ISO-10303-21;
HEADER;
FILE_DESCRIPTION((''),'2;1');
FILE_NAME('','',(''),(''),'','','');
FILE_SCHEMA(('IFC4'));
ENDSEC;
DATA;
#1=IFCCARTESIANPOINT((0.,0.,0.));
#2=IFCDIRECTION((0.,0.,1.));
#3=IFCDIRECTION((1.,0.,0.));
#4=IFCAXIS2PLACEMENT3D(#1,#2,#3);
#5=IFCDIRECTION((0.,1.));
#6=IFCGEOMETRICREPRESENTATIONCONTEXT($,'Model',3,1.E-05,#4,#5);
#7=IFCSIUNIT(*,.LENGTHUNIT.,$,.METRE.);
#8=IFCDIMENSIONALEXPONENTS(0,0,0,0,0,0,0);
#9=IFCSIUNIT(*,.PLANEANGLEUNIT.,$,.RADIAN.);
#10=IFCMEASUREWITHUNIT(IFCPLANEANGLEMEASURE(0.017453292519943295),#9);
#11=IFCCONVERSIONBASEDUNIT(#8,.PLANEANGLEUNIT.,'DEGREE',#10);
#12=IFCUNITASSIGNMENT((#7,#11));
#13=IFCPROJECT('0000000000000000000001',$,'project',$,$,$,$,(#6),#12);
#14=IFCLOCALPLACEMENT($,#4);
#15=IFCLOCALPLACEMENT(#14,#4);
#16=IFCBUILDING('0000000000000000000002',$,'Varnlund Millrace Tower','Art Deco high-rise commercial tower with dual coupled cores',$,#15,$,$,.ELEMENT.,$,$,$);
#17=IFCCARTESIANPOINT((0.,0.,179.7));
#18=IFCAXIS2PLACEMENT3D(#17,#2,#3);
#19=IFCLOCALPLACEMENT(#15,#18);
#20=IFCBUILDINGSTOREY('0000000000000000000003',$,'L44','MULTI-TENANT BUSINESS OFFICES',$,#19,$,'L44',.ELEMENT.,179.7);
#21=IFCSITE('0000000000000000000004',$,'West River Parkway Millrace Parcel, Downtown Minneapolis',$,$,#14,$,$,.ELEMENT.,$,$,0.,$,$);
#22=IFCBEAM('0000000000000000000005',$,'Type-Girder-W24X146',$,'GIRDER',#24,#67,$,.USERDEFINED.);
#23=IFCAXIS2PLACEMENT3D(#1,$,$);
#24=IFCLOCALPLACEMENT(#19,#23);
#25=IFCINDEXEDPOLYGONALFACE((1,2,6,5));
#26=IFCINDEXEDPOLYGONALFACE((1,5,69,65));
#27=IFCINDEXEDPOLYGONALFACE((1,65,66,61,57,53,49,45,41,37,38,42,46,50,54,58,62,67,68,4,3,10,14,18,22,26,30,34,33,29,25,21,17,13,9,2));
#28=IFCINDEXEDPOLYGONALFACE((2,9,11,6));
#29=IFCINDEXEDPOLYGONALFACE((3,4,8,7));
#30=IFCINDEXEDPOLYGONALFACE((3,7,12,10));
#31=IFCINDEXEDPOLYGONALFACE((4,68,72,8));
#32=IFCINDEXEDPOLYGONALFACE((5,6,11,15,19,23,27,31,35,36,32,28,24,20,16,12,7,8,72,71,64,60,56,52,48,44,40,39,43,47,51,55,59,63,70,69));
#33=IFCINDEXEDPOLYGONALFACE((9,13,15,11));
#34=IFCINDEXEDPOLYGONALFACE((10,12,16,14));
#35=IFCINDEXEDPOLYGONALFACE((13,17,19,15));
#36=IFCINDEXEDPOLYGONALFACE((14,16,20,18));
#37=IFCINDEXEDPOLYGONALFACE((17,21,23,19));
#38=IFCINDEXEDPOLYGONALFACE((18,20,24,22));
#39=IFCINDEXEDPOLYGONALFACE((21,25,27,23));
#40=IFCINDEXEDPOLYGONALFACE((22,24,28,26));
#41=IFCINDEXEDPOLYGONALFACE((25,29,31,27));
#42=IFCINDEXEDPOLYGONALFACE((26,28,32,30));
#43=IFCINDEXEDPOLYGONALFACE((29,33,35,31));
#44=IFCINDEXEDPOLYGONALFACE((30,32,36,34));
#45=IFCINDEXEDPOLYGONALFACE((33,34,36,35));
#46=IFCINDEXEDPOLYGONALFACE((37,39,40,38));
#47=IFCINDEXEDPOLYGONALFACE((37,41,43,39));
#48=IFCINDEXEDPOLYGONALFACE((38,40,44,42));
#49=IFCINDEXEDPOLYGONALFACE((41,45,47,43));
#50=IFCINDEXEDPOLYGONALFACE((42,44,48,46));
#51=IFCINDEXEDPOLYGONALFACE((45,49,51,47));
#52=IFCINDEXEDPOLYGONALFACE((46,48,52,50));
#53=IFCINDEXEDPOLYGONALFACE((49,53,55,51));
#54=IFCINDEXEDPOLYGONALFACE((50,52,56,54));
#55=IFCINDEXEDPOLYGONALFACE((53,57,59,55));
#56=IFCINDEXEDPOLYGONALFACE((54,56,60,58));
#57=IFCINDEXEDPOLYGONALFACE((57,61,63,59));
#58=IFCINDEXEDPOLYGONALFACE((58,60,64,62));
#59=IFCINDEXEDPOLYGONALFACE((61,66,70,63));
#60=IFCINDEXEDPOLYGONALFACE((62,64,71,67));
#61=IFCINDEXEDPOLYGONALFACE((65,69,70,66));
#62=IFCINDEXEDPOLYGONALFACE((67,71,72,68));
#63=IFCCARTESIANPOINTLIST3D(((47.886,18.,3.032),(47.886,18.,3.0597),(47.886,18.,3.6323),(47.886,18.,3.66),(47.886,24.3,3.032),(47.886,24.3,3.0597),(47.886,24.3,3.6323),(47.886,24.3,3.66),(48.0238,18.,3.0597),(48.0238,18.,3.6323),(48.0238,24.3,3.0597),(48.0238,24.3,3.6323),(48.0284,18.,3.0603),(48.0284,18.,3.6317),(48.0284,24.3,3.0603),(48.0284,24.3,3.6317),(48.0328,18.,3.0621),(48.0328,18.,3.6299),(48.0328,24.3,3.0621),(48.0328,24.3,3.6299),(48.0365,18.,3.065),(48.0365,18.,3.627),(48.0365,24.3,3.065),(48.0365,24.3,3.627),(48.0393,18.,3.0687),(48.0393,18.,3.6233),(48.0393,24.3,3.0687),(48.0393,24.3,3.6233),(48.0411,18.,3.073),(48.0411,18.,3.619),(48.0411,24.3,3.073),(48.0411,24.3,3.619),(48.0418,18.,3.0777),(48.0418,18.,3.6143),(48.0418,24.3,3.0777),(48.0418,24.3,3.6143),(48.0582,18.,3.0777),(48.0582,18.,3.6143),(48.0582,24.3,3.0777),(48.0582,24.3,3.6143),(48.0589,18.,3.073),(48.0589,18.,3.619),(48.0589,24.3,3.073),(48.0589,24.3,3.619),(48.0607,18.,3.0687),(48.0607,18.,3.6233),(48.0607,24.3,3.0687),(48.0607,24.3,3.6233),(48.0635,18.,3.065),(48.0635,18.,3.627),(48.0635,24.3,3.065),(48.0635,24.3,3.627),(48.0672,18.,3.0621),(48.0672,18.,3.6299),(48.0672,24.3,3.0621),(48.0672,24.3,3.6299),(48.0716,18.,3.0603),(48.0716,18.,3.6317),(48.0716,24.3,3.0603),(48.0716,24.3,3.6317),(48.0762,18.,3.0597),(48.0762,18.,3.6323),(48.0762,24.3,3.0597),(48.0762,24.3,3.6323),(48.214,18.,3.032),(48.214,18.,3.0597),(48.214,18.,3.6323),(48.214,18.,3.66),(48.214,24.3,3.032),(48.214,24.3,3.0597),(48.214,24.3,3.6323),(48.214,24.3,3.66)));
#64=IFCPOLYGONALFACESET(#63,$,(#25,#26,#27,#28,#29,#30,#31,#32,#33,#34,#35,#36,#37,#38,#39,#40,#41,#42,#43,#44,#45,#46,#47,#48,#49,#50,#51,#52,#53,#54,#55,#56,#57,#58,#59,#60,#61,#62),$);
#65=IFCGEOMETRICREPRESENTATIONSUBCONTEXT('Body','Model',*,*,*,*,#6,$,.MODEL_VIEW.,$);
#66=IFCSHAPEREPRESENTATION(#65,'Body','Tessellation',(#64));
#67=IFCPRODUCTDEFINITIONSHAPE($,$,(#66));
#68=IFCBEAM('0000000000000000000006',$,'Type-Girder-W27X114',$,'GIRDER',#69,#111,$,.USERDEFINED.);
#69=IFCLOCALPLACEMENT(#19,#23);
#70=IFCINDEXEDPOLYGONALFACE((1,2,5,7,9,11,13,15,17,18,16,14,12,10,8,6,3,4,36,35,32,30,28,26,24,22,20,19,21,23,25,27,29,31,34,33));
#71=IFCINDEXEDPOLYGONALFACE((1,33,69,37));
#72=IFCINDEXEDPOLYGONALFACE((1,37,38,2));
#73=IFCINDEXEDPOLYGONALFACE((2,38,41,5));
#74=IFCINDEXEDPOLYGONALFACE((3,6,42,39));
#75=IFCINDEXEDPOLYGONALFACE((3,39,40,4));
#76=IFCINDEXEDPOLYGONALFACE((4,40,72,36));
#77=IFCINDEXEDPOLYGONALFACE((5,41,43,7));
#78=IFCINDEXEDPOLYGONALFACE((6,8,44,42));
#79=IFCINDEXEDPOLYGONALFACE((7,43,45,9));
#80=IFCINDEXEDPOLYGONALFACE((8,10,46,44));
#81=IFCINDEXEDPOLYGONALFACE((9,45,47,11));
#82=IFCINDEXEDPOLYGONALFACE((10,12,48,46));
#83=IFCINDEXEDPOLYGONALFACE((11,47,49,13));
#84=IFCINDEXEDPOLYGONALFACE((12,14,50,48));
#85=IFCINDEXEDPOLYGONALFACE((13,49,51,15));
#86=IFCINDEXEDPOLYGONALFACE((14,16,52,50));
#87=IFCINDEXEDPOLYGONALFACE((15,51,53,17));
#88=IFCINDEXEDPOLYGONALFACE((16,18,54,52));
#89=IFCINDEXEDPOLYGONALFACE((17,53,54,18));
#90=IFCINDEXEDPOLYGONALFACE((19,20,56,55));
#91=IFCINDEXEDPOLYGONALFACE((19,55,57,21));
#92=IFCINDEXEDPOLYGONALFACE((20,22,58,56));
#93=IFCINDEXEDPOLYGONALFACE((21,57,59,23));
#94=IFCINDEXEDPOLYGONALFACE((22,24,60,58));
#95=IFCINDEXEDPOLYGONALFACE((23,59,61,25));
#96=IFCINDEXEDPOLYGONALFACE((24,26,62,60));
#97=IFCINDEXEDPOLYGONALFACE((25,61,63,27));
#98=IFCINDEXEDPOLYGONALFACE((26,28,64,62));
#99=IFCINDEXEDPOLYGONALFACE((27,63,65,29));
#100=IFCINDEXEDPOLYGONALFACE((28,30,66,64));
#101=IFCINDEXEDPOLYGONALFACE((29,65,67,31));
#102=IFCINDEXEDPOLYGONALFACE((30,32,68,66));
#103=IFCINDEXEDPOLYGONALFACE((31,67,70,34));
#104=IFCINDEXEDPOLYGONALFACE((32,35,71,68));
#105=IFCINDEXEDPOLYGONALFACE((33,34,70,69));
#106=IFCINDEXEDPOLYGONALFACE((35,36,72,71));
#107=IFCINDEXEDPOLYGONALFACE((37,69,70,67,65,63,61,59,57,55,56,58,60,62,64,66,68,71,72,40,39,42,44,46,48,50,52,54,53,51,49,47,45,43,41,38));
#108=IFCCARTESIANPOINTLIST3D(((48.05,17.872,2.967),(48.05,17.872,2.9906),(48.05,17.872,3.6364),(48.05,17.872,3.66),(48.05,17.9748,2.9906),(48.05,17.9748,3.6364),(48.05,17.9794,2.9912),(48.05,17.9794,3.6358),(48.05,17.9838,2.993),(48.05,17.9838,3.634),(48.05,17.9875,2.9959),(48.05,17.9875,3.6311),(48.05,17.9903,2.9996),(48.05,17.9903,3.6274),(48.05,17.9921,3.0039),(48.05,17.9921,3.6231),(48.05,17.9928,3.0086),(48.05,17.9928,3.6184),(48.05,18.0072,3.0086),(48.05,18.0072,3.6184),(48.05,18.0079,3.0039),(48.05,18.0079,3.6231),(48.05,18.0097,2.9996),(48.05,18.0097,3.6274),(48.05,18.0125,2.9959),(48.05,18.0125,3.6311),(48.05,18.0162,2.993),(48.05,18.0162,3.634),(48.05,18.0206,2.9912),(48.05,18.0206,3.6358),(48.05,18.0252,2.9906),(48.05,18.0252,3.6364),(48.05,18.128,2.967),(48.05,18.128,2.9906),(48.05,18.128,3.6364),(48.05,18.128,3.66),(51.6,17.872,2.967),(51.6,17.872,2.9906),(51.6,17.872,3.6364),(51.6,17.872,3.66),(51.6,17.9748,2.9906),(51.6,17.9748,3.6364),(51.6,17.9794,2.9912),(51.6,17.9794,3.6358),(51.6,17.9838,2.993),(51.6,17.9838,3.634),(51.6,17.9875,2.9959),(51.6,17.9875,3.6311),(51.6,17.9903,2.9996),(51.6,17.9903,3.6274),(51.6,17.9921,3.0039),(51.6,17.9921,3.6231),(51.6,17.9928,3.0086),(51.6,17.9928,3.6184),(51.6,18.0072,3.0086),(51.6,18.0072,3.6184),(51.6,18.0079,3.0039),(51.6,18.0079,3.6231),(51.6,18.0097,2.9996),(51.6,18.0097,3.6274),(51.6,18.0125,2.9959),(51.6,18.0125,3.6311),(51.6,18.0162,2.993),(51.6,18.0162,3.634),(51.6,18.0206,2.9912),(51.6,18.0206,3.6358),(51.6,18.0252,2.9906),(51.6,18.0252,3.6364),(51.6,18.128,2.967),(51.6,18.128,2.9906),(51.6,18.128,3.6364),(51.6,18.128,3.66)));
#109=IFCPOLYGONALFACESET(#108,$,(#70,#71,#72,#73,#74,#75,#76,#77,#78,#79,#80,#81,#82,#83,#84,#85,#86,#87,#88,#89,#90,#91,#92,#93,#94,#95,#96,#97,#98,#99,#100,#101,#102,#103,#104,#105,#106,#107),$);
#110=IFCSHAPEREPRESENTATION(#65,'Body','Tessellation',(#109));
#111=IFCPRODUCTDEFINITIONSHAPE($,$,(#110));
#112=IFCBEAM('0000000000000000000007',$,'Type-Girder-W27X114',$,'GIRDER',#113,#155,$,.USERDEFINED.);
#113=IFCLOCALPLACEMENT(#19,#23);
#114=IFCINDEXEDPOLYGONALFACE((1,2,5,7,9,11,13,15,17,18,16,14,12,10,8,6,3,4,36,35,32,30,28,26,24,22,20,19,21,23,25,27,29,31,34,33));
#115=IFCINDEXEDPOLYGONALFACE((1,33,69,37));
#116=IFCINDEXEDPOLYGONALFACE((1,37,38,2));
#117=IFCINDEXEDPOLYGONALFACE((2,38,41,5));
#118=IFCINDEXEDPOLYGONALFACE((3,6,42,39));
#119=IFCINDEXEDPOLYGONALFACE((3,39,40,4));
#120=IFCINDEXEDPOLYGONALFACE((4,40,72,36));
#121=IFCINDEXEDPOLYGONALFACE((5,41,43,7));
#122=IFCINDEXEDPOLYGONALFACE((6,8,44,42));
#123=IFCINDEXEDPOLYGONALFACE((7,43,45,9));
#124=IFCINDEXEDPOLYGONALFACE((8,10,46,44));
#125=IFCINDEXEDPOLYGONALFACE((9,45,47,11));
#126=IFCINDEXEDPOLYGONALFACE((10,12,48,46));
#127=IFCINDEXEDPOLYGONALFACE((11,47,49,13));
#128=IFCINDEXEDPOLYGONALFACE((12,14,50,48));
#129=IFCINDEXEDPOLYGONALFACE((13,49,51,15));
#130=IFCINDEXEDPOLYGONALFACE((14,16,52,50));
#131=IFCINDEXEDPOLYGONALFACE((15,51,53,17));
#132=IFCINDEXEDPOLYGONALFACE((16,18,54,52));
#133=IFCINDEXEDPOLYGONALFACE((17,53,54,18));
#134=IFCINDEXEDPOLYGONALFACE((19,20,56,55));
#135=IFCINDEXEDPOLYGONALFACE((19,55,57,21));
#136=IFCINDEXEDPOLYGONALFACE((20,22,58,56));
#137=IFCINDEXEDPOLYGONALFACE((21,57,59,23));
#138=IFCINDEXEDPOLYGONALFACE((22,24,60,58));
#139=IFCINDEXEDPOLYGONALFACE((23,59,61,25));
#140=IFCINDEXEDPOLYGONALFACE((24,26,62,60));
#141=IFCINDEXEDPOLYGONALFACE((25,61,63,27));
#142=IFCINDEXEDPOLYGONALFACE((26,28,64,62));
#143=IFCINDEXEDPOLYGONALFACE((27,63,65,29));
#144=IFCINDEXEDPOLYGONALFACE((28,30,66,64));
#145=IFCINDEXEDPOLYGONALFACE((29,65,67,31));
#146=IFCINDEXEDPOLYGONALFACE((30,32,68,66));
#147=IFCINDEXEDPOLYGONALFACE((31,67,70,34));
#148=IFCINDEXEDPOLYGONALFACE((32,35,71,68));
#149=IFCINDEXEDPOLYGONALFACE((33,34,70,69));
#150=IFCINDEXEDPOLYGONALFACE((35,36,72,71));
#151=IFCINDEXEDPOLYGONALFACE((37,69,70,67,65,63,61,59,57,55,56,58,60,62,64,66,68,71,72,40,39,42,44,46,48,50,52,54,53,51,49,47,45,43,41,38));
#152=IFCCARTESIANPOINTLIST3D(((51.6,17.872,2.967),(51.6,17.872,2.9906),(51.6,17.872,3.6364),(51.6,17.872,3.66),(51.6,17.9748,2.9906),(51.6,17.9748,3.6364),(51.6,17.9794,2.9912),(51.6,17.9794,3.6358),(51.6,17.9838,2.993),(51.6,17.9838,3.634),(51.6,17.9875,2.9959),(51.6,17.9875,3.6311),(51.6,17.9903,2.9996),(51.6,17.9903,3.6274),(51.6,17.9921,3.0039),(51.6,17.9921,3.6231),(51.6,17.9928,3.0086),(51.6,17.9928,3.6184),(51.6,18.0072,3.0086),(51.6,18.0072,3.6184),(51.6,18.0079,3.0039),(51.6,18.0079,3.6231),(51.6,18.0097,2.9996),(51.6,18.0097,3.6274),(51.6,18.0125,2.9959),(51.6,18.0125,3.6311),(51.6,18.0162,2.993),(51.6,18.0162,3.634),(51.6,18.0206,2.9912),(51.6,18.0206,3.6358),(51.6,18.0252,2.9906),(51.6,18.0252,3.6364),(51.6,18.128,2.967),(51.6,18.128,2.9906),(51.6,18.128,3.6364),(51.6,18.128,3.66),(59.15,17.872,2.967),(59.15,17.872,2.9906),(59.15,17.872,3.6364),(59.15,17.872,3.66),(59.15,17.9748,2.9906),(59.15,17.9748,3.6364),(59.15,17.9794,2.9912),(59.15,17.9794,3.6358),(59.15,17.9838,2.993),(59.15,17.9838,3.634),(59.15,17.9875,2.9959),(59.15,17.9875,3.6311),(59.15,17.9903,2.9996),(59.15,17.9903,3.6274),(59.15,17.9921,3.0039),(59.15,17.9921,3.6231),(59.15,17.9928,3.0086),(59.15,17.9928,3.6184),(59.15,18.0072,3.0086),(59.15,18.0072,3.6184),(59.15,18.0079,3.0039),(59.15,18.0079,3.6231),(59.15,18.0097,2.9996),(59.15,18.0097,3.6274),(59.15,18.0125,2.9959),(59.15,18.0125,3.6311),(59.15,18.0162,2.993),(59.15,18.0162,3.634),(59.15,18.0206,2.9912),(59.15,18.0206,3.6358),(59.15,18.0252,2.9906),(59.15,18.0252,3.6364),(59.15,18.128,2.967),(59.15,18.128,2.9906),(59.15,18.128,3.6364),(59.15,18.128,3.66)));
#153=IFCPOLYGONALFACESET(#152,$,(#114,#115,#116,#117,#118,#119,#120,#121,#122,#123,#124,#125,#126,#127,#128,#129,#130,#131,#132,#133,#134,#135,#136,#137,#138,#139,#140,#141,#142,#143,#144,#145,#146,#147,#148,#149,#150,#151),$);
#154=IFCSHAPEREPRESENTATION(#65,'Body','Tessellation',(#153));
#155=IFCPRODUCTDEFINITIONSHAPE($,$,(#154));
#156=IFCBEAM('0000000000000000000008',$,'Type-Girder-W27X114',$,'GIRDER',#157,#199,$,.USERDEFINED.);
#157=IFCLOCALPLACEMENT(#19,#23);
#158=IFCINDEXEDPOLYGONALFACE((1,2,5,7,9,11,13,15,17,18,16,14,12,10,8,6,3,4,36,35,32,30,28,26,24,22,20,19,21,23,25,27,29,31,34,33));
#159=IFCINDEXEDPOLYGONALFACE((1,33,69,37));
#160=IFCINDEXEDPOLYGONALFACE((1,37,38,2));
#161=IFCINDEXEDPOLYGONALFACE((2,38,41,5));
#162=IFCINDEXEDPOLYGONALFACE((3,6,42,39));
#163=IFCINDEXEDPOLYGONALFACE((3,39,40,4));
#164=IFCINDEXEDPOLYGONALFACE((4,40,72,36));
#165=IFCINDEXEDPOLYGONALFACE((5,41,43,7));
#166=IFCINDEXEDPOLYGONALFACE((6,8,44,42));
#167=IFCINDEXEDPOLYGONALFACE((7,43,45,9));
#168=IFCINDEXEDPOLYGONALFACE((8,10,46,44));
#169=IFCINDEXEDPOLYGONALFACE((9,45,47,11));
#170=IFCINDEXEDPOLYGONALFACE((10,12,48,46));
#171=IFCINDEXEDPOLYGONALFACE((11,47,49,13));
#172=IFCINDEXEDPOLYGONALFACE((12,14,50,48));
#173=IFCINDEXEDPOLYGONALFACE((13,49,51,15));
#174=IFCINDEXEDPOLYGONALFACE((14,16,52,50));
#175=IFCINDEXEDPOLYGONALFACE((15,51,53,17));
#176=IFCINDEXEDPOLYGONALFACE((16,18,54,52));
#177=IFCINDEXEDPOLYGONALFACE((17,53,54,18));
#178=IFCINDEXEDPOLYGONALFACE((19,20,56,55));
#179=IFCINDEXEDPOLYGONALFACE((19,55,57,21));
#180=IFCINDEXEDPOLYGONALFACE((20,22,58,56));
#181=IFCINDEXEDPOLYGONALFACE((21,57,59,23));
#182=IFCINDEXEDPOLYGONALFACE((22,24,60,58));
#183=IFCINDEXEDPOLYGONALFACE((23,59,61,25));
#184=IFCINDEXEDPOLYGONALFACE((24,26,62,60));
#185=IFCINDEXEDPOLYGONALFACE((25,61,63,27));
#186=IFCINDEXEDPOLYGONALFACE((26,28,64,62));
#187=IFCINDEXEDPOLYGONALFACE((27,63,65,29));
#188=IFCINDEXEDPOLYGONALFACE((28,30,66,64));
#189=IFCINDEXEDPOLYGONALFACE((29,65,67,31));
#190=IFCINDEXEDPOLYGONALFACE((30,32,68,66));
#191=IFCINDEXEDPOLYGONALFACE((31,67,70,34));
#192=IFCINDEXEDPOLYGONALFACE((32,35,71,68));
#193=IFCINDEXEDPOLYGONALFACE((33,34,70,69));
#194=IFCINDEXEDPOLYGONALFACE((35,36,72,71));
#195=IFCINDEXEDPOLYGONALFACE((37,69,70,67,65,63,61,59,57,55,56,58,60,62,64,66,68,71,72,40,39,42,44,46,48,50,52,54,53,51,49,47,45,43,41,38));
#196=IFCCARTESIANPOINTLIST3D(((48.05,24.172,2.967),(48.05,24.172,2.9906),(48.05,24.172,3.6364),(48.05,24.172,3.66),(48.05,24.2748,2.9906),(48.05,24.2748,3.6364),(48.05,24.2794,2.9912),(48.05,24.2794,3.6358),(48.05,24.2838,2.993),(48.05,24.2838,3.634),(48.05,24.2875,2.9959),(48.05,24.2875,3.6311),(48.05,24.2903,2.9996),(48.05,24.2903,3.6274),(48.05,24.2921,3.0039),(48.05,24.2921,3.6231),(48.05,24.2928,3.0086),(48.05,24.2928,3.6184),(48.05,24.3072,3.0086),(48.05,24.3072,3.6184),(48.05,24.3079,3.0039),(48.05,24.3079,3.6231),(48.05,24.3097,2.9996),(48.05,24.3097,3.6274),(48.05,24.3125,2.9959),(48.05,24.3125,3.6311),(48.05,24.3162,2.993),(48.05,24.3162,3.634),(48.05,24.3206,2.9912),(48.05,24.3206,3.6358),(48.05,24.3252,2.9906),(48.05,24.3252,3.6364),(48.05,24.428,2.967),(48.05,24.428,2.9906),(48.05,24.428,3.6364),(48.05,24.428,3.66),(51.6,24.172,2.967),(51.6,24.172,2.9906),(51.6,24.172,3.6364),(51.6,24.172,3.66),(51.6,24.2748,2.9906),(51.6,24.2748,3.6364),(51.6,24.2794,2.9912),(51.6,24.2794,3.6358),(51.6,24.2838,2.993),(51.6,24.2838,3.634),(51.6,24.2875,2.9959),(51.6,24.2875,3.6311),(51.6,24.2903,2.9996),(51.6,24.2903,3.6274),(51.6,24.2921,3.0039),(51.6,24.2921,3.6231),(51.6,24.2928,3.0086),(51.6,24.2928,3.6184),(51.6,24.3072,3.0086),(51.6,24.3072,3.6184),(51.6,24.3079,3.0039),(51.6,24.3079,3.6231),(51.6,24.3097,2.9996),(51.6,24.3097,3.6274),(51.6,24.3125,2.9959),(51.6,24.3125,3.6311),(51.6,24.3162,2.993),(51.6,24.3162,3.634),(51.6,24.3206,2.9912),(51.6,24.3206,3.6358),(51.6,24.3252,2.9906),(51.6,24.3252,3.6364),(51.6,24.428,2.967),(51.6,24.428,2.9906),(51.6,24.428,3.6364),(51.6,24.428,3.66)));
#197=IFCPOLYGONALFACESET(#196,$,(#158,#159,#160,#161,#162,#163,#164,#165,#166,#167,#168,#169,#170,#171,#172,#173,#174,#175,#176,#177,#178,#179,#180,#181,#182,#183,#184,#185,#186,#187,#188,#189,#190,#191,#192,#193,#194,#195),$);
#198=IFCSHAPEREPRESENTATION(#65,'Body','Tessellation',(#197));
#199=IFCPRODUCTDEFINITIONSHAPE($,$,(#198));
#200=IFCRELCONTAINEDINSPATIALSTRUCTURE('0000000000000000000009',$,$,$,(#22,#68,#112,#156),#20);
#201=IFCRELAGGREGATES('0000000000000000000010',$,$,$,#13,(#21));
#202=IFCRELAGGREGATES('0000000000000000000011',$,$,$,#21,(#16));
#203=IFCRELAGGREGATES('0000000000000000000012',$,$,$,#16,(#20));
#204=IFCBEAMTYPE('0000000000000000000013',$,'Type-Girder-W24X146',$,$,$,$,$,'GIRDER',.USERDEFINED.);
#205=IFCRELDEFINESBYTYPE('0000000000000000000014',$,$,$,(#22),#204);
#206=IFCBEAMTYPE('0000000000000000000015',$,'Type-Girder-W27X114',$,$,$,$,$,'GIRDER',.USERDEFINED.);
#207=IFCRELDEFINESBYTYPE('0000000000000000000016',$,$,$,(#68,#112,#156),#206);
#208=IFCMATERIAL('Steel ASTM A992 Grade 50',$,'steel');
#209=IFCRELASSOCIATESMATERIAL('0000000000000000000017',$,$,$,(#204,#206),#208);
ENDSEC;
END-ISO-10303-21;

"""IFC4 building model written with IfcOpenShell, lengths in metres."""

from ifc_helpers import new_model, entity, si_unit, converted_unit, direction, frame, origin_with_axes, origin_2d_with_axis, place, context, subcontext, project, spatial, i_section, extrude, material, material_profile, profile_set, type_object, element, save


model = new_model("IFC4")

# Units and contexts
model_context = context("Model", 3, precision=1e-05, world=origin_with_axes(), true_north=direction((0.0, 1.0)))
body_context = subcontext(model_context, "Body", "Model", "MODEL_VIEW")
ifc_project = project(units=[si_unit("LENGTHUNIT", "METRE"), converted_unit("PLANEANGLEUNIT", "DEGREE", entity("IfcPlaneAngleMeasure", 0.017453292519943295), si_unit("PLANEANGLEUNIT", "RADIAN"), dimensions=[0, 0, 0, 0, 0, 0, 0])], contexts=[model_context])

# Site, building, storey
site_placement = place(None, origin_with_axes())
site = spatial("IfcSite", under=ifc_project, at=site_placement, Name="West River Parkway Millrace Parcel, Downtown Minneapolis", CompositionType="ELEMENT", RefElevation=0.0)
building_placement = place(site_placement, origin_with_axes())
building = spatial("IfcBuilding", under=site, at=building_placement, Name="Varnlund Millrace Tower", Description="Art Deco high-rise commercial tower with dual coupled cores", CompositionType="ELEMENT")
storey_placement = place(building_placement, frame((0.0, 0.0, 179.7), z_axis=(0.0, 0.0, 1.0), x_axis=(1.0, 0.0, 0.0)))
storey = spatial("IfcBuildingStorey", under=building, at=storey_placement, Name="L44", Description="MULTI-TENANT BUSINESS OFFICES", LongName="L44", CompositionType="ELEMENT", Elevation=179.7)

# Beams
ifc_material_1 = material(Name="Steel ASTM A992 Grade 50", Category="steel")
ifc_material_profile_1 = material_profile(ifc_material_1, i_section(OverallWidth=0.328, OverallDepth=0.628, WebThickness=0.0165, FlangeThickness=0.0277, FilletRadius=0.018, at=origin_2d_with_axis()), Name="Steel ASTM A992 Grade 50")
ifc_profile_set_1 = profile_set([ifc_material_profile_1], Name="Steel ASTM A992 Grade 50")
beam_type_1 = type_object("IfcBeamType", Name="Type-Girder-W24X146", ElementType="GIRDER", PredefinedType="USERDEFINED", material=ifc_profile_set_1)
beam_1_placement = place(storey_placement, frame((48.05, 18.0, 3.346), z_axis=(0.0, 1.0, 0.0), x_axis=(-1.0, 0.0, 0.0)))
element("IfcBeam", 1, at=beam_1_placement, inside=storey, type_object=beam_type_1, Name="Type-Girder-W24X146", ObjectType="GIRDER", PredefinedType="USERDEFINED", context=body_context, shape_type="SweptSolid", body=[
    extrude(i_section(OverallWidth=0.328, OverallDepth=0.628, WebThickness=0.0165, FlangeThickness=0.0277, FilletRadius=0.018, at=origin_2d_with_axis()), origin_with_axes(), (0.0, 0.0, 1.0), 6.3),
])
ifc_material_profile_2 = material_profile(ifc_material_1, i_section(OverallWidth=0.256, OverallDepth=0.693, WebThickness=0.0145, FlangeThickness=0.0236, FilletRadius=0.018, at=origin_2d_with_axis()), Name="Steel ASTM A992 Grade 50")
ifc_profile_set_2 = profile_set([ifc_material_profile_2], Name="Steel ASTM A992 Grade 50")
beam_type_2 = type_object("IfcBeamType", Name="Type-Girder-W27X114", ElementType="GIRDER", PredefinedType="USERDEFINED", material=ifc_profile_set_2)
beam_2_placement = place(storey_placement, frame((48.05, 18.0, 3.3135), z_axis=(1.0, 0.0, 0.0), x_axis=(0.0, 1.0, 0.0)))
element("IfcBeam", 2, at=beam_2_placement, inside=storey, type_object=beam_type_2, Name="Type-Girder-W27X114", ObjectType="GIRDER", PredefinedType="USERDEFINED", context=body_context, shape_type="SweptSolid", body=[
    extrude(i_section(OverallWidth=0.256, OverallDepth=0.693, WebThickness=0.0145, FlangeThickness=0.0236, FilletRadius=0.018, at=origin_2d_with_axis()), origin_with_axes(), (0.0, 0.0, 1.0), 3.55),
])
beam_3_placement = place(storey_placement, frame((51.6, 18.0, 3.3135), z_axis=(1.0, 0.0, 0.0), x_axis=(0.0, 1.0, 0.0)))
element("IfcBeam", 3, at=beam_3_placement, inside=storey, type_object=beam_type_2, Name="Type-Girder-W27X114", ObjectType="GIRDER", PredefinedType="USERDEFINED", context=body_context, shape_type="SweptSolid", body=[
    extrude(i_section(OverallWidth=0.256, OverallDepth=0.693, WebThickness=0.0145, FlangeThickness=0.0236, FilletRadius=0.018, at=origin_2d_with_axis()), origin_with_axes(), (0.0, 0.0, 1.0), 7.55),
])
beam_4_placement = place(storey_placement, frame((48.05, 24.3, 3.3135), z_axis=(1.0, 0.0, 0.0), x_axis=(0.0, 1.0, 0.0)))
element("IfcBeam", 4, at=beam_4_placement, inside=storey, type_object=beam_type_2, Name="Type-Girder-W27X114", ObjectType="GIRDER", PredefinedType="USERDEFINED", context=body_context, shape_type="SweptSolid", body=[
    extrude(i_section(OverallWidth=0.256, OverallDepth=0.693, WebThickness=0.0145, FlangeThickness=0.0236, FilletRadius=0.018, at=origin_2d_with_axis()), origin_with_axes(), (0.0, 0.0, 1.0), 3.55),
])

save(model, "model.ifc")
